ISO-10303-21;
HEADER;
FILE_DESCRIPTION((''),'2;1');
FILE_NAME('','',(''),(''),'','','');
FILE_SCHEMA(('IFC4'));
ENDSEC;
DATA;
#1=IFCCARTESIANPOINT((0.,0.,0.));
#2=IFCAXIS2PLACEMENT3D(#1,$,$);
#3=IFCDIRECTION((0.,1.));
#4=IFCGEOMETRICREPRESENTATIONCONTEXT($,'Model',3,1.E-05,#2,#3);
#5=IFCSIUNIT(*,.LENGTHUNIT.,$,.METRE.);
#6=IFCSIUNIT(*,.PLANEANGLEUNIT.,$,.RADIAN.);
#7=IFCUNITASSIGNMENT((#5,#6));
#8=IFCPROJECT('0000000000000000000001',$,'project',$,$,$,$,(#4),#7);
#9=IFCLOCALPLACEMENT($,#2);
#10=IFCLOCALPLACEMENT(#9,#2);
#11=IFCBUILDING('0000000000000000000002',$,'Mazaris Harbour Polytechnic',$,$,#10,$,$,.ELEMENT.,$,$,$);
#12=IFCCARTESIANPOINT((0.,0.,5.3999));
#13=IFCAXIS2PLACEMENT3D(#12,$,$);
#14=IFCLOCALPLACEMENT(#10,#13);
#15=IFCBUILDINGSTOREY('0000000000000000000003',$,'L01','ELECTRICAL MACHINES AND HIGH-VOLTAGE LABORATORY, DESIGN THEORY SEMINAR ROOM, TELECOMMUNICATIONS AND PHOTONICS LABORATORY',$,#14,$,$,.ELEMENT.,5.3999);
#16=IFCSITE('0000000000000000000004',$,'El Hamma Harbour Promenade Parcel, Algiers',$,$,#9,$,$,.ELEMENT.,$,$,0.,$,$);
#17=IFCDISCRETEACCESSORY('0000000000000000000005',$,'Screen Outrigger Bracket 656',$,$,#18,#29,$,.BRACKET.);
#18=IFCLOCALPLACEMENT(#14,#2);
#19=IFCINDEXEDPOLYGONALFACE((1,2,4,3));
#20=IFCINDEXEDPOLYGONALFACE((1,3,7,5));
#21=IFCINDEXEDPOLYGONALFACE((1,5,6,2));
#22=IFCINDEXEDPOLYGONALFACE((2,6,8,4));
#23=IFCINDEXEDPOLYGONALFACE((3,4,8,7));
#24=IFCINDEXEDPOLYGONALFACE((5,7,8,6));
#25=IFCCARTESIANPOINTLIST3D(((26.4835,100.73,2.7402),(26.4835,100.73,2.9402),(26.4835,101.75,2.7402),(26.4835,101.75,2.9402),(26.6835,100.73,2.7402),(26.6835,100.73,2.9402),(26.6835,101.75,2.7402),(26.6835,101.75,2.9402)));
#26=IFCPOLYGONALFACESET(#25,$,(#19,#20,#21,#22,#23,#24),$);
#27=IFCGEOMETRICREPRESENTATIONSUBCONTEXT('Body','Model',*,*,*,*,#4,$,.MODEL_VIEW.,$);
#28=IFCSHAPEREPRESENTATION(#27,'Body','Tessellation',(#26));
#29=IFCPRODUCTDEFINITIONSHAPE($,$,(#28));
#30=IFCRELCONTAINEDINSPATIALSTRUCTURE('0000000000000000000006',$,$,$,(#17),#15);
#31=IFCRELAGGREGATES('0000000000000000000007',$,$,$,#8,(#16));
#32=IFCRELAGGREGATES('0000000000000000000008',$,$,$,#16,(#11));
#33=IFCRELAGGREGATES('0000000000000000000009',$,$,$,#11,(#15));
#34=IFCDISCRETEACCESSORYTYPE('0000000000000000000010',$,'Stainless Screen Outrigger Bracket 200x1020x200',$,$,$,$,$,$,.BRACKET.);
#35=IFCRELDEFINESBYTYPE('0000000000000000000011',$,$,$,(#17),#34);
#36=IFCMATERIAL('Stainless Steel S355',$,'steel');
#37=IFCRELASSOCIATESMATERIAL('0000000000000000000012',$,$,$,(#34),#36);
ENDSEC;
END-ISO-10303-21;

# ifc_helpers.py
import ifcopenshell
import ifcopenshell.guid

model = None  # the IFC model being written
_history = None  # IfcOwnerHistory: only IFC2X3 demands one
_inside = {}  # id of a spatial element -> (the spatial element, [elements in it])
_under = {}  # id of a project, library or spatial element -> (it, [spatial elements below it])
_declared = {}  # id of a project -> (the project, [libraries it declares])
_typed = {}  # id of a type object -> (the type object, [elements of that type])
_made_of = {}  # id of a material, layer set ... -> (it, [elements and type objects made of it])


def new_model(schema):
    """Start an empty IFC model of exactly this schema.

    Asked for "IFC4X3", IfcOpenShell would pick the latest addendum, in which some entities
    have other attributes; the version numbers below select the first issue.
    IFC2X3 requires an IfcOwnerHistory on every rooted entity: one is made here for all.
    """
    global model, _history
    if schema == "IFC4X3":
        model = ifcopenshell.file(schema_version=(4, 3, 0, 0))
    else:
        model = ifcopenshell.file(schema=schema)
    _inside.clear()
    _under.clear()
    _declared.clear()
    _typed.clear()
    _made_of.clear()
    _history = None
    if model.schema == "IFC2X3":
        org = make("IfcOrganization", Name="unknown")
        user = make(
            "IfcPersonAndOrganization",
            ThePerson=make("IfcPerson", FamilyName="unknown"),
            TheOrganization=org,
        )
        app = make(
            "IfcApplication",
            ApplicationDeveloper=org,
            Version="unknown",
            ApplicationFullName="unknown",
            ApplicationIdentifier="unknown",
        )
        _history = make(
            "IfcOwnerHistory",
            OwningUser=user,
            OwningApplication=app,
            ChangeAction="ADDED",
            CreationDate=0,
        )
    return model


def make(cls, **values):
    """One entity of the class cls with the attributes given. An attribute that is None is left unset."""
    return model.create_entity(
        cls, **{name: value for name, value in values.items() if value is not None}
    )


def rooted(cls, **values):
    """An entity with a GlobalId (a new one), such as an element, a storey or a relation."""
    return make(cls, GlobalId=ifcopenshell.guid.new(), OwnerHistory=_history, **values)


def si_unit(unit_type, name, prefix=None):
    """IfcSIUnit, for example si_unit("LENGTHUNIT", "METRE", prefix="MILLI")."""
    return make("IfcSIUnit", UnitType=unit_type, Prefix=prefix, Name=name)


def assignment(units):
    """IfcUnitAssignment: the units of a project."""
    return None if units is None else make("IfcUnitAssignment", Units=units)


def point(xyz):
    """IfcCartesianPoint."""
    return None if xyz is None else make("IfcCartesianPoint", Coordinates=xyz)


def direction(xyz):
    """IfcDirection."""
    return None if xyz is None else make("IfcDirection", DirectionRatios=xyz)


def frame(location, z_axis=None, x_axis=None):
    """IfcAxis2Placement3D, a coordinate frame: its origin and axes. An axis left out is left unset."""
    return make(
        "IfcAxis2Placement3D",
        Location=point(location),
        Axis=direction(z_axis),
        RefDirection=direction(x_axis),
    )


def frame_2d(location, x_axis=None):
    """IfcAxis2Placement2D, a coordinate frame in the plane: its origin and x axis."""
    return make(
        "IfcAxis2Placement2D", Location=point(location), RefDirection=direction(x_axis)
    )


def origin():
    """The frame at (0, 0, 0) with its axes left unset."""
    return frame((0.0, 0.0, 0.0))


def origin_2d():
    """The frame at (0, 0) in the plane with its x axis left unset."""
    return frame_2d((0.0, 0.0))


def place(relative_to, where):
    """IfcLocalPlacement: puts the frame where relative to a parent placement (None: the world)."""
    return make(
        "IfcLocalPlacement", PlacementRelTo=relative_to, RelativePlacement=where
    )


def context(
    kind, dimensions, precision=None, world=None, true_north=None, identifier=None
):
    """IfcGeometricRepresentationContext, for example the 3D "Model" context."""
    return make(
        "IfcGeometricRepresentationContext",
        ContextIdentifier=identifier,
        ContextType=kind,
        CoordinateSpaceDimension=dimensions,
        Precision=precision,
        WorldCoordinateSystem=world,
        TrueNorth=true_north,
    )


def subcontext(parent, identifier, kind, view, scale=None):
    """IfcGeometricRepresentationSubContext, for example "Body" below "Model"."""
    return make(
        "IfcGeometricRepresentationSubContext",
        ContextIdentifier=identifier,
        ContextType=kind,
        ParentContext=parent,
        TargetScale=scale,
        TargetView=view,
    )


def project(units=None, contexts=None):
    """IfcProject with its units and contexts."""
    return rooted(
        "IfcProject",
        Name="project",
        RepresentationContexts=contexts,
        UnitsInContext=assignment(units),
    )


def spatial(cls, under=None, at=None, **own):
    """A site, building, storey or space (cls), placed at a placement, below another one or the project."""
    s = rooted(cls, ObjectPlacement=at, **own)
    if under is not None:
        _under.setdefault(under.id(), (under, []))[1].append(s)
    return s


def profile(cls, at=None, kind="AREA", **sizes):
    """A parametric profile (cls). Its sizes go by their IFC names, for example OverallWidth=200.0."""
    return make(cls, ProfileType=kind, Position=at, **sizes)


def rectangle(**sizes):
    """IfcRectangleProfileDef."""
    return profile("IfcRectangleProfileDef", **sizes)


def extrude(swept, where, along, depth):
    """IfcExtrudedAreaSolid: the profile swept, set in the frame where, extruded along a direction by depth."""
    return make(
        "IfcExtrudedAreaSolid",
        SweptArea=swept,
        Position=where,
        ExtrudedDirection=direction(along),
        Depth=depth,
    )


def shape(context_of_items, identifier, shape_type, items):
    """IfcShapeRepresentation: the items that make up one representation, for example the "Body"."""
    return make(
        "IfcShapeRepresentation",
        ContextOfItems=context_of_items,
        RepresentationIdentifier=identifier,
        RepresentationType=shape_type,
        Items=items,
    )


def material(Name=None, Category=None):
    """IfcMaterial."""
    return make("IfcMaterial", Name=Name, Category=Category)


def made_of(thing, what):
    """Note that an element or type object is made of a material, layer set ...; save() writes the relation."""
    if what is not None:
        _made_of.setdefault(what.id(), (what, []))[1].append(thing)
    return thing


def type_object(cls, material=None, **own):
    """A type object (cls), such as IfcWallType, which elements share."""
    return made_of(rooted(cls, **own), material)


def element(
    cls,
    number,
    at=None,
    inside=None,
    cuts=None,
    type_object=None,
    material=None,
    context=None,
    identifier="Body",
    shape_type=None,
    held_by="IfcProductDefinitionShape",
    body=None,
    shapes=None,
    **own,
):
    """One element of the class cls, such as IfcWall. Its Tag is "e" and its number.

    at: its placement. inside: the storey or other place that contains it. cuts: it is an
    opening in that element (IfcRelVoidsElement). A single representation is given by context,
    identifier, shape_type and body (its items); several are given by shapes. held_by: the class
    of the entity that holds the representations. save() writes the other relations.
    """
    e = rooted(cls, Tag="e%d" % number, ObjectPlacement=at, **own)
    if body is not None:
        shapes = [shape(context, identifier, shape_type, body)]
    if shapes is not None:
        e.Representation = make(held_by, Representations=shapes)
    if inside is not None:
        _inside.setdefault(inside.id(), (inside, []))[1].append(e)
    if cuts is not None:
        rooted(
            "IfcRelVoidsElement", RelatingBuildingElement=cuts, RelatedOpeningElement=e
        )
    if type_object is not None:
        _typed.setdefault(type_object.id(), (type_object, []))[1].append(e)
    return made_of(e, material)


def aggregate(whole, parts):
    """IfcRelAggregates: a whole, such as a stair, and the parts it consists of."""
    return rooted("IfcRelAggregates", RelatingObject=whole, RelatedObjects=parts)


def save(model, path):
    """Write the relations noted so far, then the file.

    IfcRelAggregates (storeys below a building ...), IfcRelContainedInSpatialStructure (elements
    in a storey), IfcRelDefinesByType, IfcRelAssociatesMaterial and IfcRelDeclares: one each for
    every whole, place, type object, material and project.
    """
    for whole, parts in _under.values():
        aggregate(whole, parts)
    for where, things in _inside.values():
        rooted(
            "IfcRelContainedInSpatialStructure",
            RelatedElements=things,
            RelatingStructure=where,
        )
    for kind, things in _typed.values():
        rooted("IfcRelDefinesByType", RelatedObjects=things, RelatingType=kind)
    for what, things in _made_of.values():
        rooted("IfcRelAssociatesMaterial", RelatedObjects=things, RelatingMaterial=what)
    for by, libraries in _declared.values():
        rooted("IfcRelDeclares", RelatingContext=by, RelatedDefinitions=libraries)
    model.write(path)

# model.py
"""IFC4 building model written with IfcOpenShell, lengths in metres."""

from ifc_helpers import new_model, si_unit, direction, frame, origin, origin_2d, place, context, subcontext, project, spatial, rectangle, extrude, material, type_object, element, save


model = new_model("IFC4")

# Units and contexts
model_context = context("Model", 3, precision=1e-05, world=origin(), true_north=direction((0.0, 1.0)))
body_context = subcontext(model_context, "Body", "Model", "MODEL_VIEW")
ifc_project = project(units=[si_unit("LENGTHUNIT", "METRE"), si_unit("PLANEANGLEUNIT", "RADIAN")], contexts=[model_context])

# Site, building, storey
site_placement = place(None, origin())
site = spatial("IfcSite", under=ifc_project, at=site_placement, Name="El Hamma Harbour Promenade Parcel, Algiers", CompositionType="ELEMENT", RefElevation=0.0)
building_placement = place(site_placement, origin())
building = spatial("IfcBuilding", under=site, at=building_placement, Name="Mazaris Harbour Polytechnic", CompositionType="ELEMENT")
storey_placement = place(building_placement, frame((0.0, 0.0, 5.3999)))
storey = spatial("IfcBuildingStorey", under=building, at=storey_placement, Name="L01", Description="ELECTRICAL MACHINES AND HIGH-VOLTAGE LABORATORY, DESIGN THEORY SEMINAR ROOM, TELECOMMUNICATIONS AND PHOTONICS LABORATORY", CompositionType="ELEMENT", Elevation=5.3999)

# Discrete accessory
ifc_material_1 = material(Name="Stainless Steel S355", Category="steel")
discrete_accessory_type = type_object("IfcDiscreteAccessoryType", Name="Stainless Screen Outrigger Bracket 200x1020x200", PredefinedType="BRACKET", material=ifc_material_1)
for number, where, z_axis, x_axis, name in (
    (1, (26.5835, 101.24, 2.7402), (0.0, 0.0, 1.0), (1.0, 0.0, 0.0), "Screen Outrigger Bracket 656"),
):
    element("IfcDiscreteAccessory", number, at=place(storey_placement, frame(where, z_axis=z_axis, x_axis=x_axis)), inside=storey, type_object=discrete_accessory_type, Name=name, PredefinedType="BRACKET", context=body_context, shape_type="SweptSolid", body=[
        extrude(rectangle(XDim=0.2, YDim=1.02, at=origin_2d()), origin(), (0.0, 0.0, 1.0), 0.2),
    ])

save(model, "model.ifc")
